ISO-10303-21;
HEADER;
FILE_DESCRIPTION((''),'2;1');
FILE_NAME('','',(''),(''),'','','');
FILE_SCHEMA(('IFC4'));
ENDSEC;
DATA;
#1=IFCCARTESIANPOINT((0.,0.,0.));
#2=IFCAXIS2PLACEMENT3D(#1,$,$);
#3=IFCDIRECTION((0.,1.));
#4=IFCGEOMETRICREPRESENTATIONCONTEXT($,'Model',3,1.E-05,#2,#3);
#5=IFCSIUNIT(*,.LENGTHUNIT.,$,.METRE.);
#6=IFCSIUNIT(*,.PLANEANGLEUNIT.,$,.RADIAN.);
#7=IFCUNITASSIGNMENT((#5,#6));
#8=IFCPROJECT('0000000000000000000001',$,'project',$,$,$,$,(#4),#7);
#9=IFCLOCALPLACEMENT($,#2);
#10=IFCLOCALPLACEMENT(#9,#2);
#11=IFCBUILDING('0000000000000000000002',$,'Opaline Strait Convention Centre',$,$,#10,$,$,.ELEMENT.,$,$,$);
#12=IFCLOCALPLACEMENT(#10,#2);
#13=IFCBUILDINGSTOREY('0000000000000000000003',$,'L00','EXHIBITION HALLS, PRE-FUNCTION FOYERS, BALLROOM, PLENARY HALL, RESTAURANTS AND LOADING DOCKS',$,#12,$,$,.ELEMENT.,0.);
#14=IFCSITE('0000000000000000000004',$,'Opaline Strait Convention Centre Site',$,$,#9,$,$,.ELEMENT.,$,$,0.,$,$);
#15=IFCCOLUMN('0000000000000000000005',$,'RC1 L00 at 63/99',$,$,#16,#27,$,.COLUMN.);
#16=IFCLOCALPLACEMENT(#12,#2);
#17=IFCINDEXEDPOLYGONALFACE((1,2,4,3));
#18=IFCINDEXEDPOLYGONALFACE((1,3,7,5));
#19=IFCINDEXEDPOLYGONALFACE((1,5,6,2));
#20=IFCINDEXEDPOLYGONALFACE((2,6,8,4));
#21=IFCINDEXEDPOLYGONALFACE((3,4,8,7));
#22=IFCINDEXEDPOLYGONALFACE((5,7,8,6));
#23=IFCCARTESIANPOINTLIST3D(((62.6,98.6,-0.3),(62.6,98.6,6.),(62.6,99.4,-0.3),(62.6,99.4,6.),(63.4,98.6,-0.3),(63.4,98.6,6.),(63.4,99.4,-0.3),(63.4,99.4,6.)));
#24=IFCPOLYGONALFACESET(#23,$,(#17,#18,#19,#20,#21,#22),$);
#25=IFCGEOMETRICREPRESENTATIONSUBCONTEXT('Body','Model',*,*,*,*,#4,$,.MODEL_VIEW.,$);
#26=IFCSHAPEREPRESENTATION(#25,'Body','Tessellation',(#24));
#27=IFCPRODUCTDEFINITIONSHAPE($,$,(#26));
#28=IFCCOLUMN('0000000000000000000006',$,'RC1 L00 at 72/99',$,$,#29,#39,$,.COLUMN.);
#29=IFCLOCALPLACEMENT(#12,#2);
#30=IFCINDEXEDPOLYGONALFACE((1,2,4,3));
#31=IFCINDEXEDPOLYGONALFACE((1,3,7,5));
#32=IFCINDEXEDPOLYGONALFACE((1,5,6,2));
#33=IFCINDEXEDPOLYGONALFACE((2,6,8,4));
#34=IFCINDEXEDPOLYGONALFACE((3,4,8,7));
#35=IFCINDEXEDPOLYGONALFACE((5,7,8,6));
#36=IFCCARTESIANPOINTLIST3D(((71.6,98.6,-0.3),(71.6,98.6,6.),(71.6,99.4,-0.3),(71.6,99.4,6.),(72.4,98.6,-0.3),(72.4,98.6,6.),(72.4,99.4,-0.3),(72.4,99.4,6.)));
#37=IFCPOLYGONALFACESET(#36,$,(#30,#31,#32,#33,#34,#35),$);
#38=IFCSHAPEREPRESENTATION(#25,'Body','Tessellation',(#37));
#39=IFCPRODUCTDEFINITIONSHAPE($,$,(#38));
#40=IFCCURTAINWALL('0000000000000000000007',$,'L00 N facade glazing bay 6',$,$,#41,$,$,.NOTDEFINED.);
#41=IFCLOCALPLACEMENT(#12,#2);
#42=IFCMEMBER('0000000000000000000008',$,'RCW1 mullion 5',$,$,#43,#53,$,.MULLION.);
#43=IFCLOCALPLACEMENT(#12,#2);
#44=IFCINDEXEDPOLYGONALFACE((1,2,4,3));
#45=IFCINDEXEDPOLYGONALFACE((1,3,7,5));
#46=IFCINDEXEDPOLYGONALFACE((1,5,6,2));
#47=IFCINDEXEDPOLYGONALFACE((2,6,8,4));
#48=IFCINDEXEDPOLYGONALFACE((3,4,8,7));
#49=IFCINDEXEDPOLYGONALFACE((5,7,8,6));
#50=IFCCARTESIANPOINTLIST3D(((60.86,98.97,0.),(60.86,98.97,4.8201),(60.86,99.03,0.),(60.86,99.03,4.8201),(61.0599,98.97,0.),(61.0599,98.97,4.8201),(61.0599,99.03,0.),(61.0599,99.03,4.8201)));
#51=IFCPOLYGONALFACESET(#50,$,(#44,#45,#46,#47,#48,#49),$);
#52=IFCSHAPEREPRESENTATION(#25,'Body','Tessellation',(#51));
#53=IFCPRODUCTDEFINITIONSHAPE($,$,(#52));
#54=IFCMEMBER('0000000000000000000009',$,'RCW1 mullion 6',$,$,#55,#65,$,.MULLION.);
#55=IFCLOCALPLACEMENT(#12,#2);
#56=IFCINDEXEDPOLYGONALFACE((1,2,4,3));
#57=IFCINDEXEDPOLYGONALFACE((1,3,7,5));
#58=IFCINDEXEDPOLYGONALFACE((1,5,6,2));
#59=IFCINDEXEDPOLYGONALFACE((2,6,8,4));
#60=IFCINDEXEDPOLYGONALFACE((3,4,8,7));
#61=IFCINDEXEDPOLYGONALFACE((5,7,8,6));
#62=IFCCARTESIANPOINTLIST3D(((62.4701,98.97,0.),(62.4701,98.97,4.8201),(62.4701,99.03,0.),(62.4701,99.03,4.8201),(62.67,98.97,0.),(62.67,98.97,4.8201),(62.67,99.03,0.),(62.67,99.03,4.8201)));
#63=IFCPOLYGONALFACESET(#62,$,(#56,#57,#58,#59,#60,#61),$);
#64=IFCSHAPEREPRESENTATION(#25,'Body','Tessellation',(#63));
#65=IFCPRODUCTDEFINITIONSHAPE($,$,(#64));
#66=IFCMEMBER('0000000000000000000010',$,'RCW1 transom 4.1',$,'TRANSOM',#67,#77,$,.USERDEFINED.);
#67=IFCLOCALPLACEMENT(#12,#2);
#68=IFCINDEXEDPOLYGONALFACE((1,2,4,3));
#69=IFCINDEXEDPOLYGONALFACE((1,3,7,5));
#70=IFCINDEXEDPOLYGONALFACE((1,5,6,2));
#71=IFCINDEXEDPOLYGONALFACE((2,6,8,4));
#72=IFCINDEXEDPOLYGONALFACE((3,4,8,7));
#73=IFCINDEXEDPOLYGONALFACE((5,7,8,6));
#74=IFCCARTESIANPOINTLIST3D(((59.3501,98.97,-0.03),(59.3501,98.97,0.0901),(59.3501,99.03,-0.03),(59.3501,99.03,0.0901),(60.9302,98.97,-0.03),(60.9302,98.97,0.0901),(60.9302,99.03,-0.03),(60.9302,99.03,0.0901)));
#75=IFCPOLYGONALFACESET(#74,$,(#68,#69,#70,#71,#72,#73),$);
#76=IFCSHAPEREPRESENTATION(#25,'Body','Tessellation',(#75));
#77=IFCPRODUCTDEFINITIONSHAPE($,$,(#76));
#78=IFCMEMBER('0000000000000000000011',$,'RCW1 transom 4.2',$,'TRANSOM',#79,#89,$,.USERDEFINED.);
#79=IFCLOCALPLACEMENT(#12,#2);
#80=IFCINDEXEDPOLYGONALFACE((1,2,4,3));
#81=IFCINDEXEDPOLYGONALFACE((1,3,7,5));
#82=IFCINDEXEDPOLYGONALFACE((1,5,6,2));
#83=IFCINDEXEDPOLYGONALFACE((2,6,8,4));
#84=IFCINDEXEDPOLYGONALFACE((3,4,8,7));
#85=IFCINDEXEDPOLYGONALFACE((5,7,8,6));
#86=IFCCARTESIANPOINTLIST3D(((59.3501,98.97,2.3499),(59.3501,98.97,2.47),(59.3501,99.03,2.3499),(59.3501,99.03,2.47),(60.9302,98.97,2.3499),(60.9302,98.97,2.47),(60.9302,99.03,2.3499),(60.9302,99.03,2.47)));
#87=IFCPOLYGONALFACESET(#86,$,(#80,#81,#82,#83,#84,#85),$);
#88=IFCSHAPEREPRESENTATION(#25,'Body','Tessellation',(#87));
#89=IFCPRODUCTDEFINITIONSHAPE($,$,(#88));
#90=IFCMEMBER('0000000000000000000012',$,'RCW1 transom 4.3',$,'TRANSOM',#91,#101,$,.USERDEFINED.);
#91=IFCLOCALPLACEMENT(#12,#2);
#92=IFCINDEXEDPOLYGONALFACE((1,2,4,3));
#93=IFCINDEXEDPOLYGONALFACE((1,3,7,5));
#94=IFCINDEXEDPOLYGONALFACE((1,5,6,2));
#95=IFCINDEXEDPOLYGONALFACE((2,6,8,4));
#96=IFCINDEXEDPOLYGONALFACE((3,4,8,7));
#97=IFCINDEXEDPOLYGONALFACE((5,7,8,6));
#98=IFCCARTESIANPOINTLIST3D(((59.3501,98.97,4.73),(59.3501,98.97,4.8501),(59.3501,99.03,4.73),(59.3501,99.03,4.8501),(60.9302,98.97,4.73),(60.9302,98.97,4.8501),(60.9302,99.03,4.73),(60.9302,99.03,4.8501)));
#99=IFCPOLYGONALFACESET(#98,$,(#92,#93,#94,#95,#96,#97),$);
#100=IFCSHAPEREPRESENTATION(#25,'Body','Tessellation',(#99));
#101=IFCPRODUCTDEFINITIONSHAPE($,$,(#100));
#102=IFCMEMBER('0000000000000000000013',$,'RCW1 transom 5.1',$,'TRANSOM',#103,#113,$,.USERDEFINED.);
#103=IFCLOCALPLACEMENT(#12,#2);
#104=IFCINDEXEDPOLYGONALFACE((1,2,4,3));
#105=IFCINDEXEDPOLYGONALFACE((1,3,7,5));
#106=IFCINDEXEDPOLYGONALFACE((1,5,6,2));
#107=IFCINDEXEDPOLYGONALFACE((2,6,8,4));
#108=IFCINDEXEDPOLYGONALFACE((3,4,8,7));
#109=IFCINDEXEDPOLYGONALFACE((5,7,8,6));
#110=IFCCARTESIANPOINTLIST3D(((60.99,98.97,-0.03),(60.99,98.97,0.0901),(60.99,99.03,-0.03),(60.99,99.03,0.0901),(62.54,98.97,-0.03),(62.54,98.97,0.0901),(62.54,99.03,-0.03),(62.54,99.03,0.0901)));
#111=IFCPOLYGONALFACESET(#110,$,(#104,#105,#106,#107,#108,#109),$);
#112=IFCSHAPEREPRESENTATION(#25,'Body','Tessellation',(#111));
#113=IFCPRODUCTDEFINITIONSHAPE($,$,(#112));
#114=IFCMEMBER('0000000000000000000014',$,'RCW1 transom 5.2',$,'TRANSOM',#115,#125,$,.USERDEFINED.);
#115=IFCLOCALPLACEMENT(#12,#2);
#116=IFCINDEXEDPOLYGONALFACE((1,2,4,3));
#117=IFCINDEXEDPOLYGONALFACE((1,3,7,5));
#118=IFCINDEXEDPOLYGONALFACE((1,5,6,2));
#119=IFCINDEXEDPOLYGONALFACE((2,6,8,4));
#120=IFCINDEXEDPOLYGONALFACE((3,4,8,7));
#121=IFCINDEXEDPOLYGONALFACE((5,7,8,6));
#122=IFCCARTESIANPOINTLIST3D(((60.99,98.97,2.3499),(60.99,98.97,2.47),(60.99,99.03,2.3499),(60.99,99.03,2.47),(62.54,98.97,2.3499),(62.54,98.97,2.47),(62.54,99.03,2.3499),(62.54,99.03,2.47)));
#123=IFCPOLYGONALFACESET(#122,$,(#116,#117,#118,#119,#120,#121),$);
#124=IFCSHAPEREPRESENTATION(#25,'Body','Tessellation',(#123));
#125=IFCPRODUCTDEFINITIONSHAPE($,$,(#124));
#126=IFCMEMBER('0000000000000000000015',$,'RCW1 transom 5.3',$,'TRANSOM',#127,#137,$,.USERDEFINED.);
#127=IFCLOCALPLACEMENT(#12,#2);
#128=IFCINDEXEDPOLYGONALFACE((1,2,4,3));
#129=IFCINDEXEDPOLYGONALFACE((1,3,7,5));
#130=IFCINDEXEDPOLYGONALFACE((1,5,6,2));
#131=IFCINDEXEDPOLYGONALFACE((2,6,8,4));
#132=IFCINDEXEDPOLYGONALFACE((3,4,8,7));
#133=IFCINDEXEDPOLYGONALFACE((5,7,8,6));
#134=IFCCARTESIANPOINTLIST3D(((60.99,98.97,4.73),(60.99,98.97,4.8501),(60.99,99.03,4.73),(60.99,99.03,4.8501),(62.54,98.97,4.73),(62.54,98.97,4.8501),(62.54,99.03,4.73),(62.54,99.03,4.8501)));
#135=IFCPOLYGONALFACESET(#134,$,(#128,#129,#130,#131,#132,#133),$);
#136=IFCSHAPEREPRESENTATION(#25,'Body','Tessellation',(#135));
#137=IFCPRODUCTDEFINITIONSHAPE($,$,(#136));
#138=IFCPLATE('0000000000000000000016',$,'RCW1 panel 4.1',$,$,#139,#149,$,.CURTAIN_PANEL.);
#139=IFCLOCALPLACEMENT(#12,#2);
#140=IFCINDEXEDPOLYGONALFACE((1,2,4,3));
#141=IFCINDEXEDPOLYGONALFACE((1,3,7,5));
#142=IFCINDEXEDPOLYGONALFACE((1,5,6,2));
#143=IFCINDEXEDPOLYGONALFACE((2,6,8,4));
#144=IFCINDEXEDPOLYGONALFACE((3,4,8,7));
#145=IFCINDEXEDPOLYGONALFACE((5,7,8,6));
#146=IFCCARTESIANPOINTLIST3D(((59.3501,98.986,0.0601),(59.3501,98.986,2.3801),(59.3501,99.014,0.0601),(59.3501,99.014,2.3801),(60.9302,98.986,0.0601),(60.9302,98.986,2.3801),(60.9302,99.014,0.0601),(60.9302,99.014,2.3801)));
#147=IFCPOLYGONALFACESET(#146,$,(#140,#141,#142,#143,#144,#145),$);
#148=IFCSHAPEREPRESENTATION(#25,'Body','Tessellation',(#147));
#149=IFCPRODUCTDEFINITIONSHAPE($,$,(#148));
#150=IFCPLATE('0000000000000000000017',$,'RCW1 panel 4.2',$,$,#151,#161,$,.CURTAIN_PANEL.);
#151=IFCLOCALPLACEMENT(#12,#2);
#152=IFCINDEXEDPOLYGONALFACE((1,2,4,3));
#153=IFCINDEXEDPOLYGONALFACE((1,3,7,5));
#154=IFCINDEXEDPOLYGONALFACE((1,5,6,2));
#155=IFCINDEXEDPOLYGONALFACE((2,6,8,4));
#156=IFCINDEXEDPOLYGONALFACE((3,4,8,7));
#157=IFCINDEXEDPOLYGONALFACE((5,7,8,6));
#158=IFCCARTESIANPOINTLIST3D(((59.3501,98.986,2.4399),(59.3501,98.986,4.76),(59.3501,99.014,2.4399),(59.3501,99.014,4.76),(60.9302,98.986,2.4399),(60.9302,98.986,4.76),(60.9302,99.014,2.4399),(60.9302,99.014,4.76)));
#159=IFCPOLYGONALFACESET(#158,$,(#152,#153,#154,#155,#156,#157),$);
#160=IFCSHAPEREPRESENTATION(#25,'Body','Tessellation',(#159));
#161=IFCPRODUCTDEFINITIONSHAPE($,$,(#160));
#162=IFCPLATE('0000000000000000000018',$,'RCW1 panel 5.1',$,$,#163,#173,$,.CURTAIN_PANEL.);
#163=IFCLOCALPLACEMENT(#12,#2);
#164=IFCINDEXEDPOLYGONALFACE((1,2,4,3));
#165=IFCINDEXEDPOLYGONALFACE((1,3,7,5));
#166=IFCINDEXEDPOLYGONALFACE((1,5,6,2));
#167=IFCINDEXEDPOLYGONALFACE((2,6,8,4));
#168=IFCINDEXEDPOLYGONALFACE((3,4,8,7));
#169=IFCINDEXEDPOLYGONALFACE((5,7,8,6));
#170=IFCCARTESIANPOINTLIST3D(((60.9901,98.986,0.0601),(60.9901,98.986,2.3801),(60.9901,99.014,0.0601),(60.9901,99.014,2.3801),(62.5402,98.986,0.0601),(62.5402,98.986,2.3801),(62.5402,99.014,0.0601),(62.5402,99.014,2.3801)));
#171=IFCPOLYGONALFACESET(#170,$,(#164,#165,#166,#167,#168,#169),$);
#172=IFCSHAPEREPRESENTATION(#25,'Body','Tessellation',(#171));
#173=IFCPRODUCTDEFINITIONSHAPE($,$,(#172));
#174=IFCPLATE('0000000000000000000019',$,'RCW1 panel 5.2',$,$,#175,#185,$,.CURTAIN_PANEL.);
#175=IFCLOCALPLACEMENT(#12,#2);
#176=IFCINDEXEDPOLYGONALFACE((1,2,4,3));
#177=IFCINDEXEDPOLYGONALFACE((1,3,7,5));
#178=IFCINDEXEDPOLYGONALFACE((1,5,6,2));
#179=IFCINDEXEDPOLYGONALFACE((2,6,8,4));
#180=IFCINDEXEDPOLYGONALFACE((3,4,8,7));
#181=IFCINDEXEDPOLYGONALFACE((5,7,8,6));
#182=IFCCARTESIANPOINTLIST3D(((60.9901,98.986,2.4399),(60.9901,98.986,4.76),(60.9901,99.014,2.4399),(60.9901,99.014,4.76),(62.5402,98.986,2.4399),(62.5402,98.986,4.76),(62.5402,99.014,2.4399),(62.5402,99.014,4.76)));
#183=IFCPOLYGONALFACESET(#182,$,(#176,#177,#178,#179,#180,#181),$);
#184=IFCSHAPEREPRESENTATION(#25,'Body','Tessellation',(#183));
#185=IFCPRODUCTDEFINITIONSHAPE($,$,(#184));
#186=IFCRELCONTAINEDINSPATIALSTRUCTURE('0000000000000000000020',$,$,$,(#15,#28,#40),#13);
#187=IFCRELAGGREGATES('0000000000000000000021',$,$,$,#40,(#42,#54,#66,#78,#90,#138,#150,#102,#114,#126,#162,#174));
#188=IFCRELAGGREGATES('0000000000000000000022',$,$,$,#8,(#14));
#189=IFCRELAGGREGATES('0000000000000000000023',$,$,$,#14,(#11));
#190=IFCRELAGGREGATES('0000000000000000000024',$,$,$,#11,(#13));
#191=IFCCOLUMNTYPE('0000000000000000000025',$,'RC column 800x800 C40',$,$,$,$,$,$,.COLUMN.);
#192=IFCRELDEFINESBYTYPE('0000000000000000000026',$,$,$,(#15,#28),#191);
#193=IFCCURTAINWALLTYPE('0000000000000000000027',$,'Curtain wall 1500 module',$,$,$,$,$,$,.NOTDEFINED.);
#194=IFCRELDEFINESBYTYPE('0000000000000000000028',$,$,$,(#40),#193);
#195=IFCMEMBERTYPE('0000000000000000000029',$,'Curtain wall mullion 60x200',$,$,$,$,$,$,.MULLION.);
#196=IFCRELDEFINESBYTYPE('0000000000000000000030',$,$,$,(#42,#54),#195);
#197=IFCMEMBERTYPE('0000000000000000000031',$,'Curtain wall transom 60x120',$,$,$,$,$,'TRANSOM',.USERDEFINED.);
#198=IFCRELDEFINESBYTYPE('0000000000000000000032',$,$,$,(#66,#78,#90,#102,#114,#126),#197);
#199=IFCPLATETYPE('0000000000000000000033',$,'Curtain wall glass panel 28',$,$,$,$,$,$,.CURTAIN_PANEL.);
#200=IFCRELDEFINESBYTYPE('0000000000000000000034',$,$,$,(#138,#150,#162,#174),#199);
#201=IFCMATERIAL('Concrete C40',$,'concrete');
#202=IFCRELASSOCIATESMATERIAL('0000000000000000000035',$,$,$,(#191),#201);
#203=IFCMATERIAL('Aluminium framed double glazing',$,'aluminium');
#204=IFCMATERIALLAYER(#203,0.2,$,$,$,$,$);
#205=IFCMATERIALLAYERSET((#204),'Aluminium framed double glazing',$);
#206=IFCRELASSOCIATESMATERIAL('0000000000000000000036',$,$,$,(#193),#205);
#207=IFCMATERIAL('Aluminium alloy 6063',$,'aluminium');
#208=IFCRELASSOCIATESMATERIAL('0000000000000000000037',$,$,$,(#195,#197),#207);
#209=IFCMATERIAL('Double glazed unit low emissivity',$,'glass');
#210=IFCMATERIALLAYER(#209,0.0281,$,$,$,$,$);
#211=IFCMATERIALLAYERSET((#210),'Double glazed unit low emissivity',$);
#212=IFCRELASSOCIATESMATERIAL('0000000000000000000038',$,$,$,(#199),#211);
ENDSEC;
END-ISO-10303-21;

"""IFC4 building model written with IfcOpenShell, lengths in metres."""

from ifc_helpers import new_model, si_unit, direction, frame, origin, origin_2d, place, context, subcontext, project, spatial, rectangle, extrude, material, layer, layer_set, material_profile, profile_set, type_object, element, aggregate, save


model = new_model("IFC4")

# Units and contexts
model_context = context("Model", 3, precision=1e-05, world=origin(), true_north=direction((0.0, 1.0)))
body_context = subcontext(model_context, "Body", "Model", "MODEL_VIEW")
ifc_project = project(units=[si_unit("LENGTHUNIT", "METRE"), si_unit("PLANEANGLEUNIT", "RADIAN")], contexts=[model_context])

# Site, building, storey
site_placement = place(None, origin())
site = spatial("IfcSite", under=ifc_project, at=site_placement, Name="Opaline Strait Convention Centre Site", CompositionType="ELEMENT", RefElevation=0.0)
building_placement = place(site_placement, origin())
building = spatial("IfcBuilding", under=site, at=building_placement, Name="Opaline Strait Convention Centre", CompositionType="ELEMENT")
storey_placement = place(building_placement, origin())
storey = spatial("IfcBuildingStorey", under=building, at=storey_placement, Name="L00", Description="EXHIBITION HALLS, PRE-FUNCTION FOYERS, BALLROOM, PLENARY HALL, RESTAURANTS AND LOADING DOCKS", CompositionType="ELEMENT", Elevation=0.0)

# Columns
ifc_material_1 = material(Name="Concrete C40", Category="concrete")
ifc_material_profile_1 = material_profile(ifc_material_1, rectangle(XDim=0.8, YDim=0.8, at=origin_2d()), Name="RC 800x800")
ifc_profile_set_1 = profile_set([ifc_material_profile_1], Name="Concrete C40")
column_type = type_object("IfcColumnType", Name="RC column 800x800 C40", PredefinedType="COLUMN", material=ifc_profile_set_1)
for number, where, z_axis, x_axis, name in (
    (1, (63.0, 99.0, -0.3), (0.0, 0.0, 1.0), (1.0, 0.0, 0.0), "RC1 L00 at 63/99"),
    (2, (72.0, 99.0, -0.3), (0.0, 0.0, 1.0), (1.0, 0.0, 0.0), "RC1 L00 at 72/99"),
):
    element("IfcColumn", number, at=place(storey_placement, frame(where, z_axis=z_axis, x_axis=x_axis)), inside=storey, type_object=column_type, Name=name, PredefinedType="COLUMN", context=body_context, shape_type="SweptSolid", body=[
        extrude(rectangle(XDim=0.8, YDim=0.8, at=origin_2d()), origin(), (0.0, 0.0, 1.0), 6.3),
    ])

# Curtain wall, members, plates
ifc_material_2 = material(Name="Aluminium framed double glazing", Category="aluminium")
ifc_layer_1 = layer(ifc_material_2, 0.2)
ifc_layer_set_1 = layer_set([ifc_layer_1], Name="Aluminium framed double glazing")
curtain_wall_type = type_object("IfcCurtainWallType", Name="Curtain wall 1500 module", PredefinedType="NOTDEFINED", material=ifc_layer_set_1)
curtain_wall_placement = place(storey_placement, origin())
curtain_wall = element("IfcCurtainWall", 3, at=curtain_wall_placement, inside=storey, type_object=curtain_wall_type, Name="L00 N facade glazing bay 6", PredefinedType="NOTDEFINED")
ifc_material_3 = material(Name="Aluminium alloy 6063", Category="aluminium")
ifc_material_profile_2 = material_profile(ifc_material_3, rectangle(XDim=0.0601, YDim=0.2, at=origin_2d()), Name="Curtain wall mullion 60x200")
ifc_profile_set_2 = profile_set([ifc_material_profile_2], Name="Aluminium alloy 6063")
member_type_1 = type_object("IfcMemberType", Name="Curtain wall mullion 60x200", PredefinedType="MULLION", material=ifc_profile_set_2)
member_1_placement = place(storey_placement, frame((60.96, 99.0, 0.0), z_axis=(0.0, 0.0, 1.0), x_axis=(0.0, 1.0, 0.0)))
member_1 = element("IfcMember", 4, at=member_1_placement, type_object=member_type_1, Name="RCW1 mullion 5", PredefinedType="MULLION", context=body_context, shape_type="SweptSolid", body=[
    extrude(rectangle(XDim=0.0601, YDim=0.2, at=origin_2d()), origin(), (0.0, 0.0, 1.0), 4.8201),
])
member_2_placement = place(storey_placement, frame((62.5701, 99.0, 0.0), z_axis=(0.0, 0.0, 1.0), x_axis=(0.0, 1.0, 0.0)))
member_2 = element("IfcMember", 5, at=member_2_placement, type_object=member_type_1, Name="RCW1 mullion 6", PredefinedType="MULLION", context=body_context, shape_type="SweptSolid", body=[
    extrude(rectangle(XDim=0.0601, YDim=0.2, at=origin_2d()), origin(), (0.0, 0.0, 1.0), 4.8201),
])
ifc_material_profile_3 = material_profile(ifc_material_3, rectangle(XDim=0.0601, YDim=0.1201, at=origin_2d()), Name="Curtain wall transom 60x120")
ifc_profile_set_3 = profile_set([ifc_material_profile_3], Name="Aluminium alloy 6063")
member_type_2 = type_object("IfcMemberType", Name="Curtain wall transom 60x120", ElementType="TRANSOM", PredefinedType="USERDEFINED", material=ifc_profile_set_3)
member_3_placement = place(storey_placement, frame((59.3501, 99.0, 0.03), z_axis=(1.0, 0.0, 0.0), x_axis=(0.0, 1.0, 0.0)))
member_3 = element("IfcMember", 6, at=member_3_placement, type_object=member_type_2, Name="RCW1 transom 4.1", ObjectType="TRANSOM", PredefinedType="USERDEFINED", context=body_context, shape_type="SweptSolid", body=[
    extrude(rectangle(XDim=0.0601, YDim=0.1201, at=origin_2d()), origin(), (0.0, 0.0, 1.0), 1.5801),
])
member_4_placement = place(storey_placement, frame((59.3501, 99.0, 2.4099), z_axis=(1.0, 0.0, 0.0), x_axis=(0.0, 1.0, 0.0)))
member_4 = element("IfcMember", 7, at=member_4_placement, type_object=member_type_2, Name="RCW1 transom 4.2", ObjectType="TRANSOM", PredefinedType="USERDEFINED", context=body_context, shape_type="SweptSolid", body=[
    extrude(rectangle(XDim=0.0601, YDim=0.1201, at=origin_2d()), origin(), (0.0, 0.0, 1.0), 1.5801),
])
member_5_placement = place(storey_placement, frame((59.3501, 99.0, 4.79), z_axis=(1.0, 0.0, 0.0), x_axis=(0.0, 1.0, 0.0)))
member_5 = element("IfcMember", 8, at=member_5_placement, type_object=member_type_2, Name="RCW1 transom 4.3", ObjectType="TRANSOM", PredefinedType="USERDEFINED", context=body_context, shape_type="SweptSolid", body=[
    extrude(rectangle(XDim=0.0601, YDim=0.1201, at=origin_2d()), origin(), (0.0, 0.0, 1.0), 1.5801),
])
member_6_placement = place(storey_placement, frame((60.99, 99.0, 0.03), z_axis=(1.0, 0.0, 0.0), x_axis=(0.0, 1.0, 0.0)))
member_6 = element("IfcMember", 9, at=member_6_placement, type_object=member_type_2, Name="RCW1 transom 5.1", ObjectType="TRANSOM", PredefinedType="USERDEFINED", context=body_context, shape_type="SweptSolid", body=[
    extrude(rectangle(XDim=0.0601, YDim=0.1201, at=origin_2d()), origin(), (0.0, 0.0, 1.0), 1.55),
])
member_7_placement = place(storey_placement, frame((60.99, 99.0, 2.4099), z_axis=(1.0, 0.0, 0.0), x_axis=(0.0, 1.0, 0.0)))
member_7 = element("IfcMember", 10, at=member_7_placement, type_object=member_type_2, Name="RCW1 transom 5.2", ObjectType="TRANSOM", PredefinedType="USERDEFINED", context=body_context, shape_type="SweptSolid", body=[
    extrude(rectangle(XDim=0.0601, YDim=0.1201, at=origin_2d()), origin(), (0.0, 0.0, 1.0), 1.55),
])
member_8_placement = place(storey_placement, frame((60.99, 99.0, 4.79), z_axis=(1.0, 0.0, 0.0), x_axis=(0.0, 1.0, 0.0)))
member_8 = element("IfcMember", 11, at=member_8_placement, type_object=member_type_2, Name="RCW1 transom 5.3", ObjectType="TRANSOM", PredefinedType="USERDEFINED", context=body_context, shape_type="SweptSolid", body=[
    extrude(rectangle(XDim=0.0601, YDim=0.1201, at=origin_2d()), origin(), (0.0, 0.0, 1.0), 1.55),
])
ifc_material_4 = material(Name="Double glazed unit low emissivity", Category="glass")
ifc_layer_2 = layer(ifc_material_4, 0.0281)
ifc_layer_set_2 = layer_set([ifc_layer_2], Name="Double glazed unit low emissivity")
plate_type = type_object("IfcPlateType", Name="Curtain wall glass panel 28", PredefinedType="CURTAIN_PANEL", material=ifc_layer_set_2)
plate_1_placement = place(storey_placement, frame((60.1401, 99.0, 0.0601), z_axis=(0.0, 0.0, 1.0), x_axis=(1.0, 0.0, 0.0)))
plate_1 = element("IfcPlate", 12, at=plate_1_placement, type_object=plate_type, Name="RCW1 panel 4.1", PredefinedType="CURTAIN_PANEL", context=body_context, shape_type="SweptSolid", body=[
    extrude(rectangle(XDim=1.5801, YDim=0.0281, at=origin_2d()), origin(), (0.0, 0.0, 1.0), 2.3201),
])
plate_2_placement = place(storey_placement, frame((60.1401, 99.0, 2.4399), z_axis=(0.0, 0.0, 1.0), x_axis=(1.0, 0.0, 0.0)))
plate_2 = element("IfcPlate", 13, at=plate_2_placement, type_object=plate_type, Name="RCW1 panel 4.2", PredefinedType="CURTAIN_PANEL", context=body_context, shape_type="SweptSolid", body=[
    extrude(rectangle(XDim=1.5801, YDim=0.0281, at=origin_2d()), origin(), (0.0, 0.0, 1.0), 2.3201),
])
plate_3_placement = place(storey_placement, frame((61.7651, 99.0, 0.0601), z_axis=(0.0, 0.0, 1.0), x_axis=(1.0, 0.0, 0.0)))
plate_3 = element("IfcPlate", 14, at=plate_3_placement, type_object=plate_type, Name="RCW1 panel 5.1", PredefinedType="CURTAIN_PANEL", context=body_context, shape_type="SweptSolid", body=[
    extrude(rectangle(XDim=1.55, YDim=0.0281, at=origin_2d()), origin(), (0.0, 0.0, 1.0), 2.3201),
])
plate_4_placement = place(storey_placement, frame((61.7651, 99.0, 2.4399), z_axis=(0.0, 0.0, 1.0), x_axis=(1.0, 0.0, 0.0)))
plate_4 = element("IfcPlate", 15, at=plate_4_placement, type_object=plate_type, Name="RCW1 panel 5.2", PredefinedType="CURTAIN_PANEL", context=body_context, shape_type="SweptSolid", body=[
    extrude(rectangle(XDim=1.55, YDim=0.0281, at=origin_2d()), origin(), (0.0, 0.0, 1.0), 2.3201),
])
aggregate(curtain_wall, [member_1, member_2, member_3, member_4, member_5, plate_1, plate_2, member_6, member_7, member_8, plate_3, plate_4])

save(model, "model.ifc")
